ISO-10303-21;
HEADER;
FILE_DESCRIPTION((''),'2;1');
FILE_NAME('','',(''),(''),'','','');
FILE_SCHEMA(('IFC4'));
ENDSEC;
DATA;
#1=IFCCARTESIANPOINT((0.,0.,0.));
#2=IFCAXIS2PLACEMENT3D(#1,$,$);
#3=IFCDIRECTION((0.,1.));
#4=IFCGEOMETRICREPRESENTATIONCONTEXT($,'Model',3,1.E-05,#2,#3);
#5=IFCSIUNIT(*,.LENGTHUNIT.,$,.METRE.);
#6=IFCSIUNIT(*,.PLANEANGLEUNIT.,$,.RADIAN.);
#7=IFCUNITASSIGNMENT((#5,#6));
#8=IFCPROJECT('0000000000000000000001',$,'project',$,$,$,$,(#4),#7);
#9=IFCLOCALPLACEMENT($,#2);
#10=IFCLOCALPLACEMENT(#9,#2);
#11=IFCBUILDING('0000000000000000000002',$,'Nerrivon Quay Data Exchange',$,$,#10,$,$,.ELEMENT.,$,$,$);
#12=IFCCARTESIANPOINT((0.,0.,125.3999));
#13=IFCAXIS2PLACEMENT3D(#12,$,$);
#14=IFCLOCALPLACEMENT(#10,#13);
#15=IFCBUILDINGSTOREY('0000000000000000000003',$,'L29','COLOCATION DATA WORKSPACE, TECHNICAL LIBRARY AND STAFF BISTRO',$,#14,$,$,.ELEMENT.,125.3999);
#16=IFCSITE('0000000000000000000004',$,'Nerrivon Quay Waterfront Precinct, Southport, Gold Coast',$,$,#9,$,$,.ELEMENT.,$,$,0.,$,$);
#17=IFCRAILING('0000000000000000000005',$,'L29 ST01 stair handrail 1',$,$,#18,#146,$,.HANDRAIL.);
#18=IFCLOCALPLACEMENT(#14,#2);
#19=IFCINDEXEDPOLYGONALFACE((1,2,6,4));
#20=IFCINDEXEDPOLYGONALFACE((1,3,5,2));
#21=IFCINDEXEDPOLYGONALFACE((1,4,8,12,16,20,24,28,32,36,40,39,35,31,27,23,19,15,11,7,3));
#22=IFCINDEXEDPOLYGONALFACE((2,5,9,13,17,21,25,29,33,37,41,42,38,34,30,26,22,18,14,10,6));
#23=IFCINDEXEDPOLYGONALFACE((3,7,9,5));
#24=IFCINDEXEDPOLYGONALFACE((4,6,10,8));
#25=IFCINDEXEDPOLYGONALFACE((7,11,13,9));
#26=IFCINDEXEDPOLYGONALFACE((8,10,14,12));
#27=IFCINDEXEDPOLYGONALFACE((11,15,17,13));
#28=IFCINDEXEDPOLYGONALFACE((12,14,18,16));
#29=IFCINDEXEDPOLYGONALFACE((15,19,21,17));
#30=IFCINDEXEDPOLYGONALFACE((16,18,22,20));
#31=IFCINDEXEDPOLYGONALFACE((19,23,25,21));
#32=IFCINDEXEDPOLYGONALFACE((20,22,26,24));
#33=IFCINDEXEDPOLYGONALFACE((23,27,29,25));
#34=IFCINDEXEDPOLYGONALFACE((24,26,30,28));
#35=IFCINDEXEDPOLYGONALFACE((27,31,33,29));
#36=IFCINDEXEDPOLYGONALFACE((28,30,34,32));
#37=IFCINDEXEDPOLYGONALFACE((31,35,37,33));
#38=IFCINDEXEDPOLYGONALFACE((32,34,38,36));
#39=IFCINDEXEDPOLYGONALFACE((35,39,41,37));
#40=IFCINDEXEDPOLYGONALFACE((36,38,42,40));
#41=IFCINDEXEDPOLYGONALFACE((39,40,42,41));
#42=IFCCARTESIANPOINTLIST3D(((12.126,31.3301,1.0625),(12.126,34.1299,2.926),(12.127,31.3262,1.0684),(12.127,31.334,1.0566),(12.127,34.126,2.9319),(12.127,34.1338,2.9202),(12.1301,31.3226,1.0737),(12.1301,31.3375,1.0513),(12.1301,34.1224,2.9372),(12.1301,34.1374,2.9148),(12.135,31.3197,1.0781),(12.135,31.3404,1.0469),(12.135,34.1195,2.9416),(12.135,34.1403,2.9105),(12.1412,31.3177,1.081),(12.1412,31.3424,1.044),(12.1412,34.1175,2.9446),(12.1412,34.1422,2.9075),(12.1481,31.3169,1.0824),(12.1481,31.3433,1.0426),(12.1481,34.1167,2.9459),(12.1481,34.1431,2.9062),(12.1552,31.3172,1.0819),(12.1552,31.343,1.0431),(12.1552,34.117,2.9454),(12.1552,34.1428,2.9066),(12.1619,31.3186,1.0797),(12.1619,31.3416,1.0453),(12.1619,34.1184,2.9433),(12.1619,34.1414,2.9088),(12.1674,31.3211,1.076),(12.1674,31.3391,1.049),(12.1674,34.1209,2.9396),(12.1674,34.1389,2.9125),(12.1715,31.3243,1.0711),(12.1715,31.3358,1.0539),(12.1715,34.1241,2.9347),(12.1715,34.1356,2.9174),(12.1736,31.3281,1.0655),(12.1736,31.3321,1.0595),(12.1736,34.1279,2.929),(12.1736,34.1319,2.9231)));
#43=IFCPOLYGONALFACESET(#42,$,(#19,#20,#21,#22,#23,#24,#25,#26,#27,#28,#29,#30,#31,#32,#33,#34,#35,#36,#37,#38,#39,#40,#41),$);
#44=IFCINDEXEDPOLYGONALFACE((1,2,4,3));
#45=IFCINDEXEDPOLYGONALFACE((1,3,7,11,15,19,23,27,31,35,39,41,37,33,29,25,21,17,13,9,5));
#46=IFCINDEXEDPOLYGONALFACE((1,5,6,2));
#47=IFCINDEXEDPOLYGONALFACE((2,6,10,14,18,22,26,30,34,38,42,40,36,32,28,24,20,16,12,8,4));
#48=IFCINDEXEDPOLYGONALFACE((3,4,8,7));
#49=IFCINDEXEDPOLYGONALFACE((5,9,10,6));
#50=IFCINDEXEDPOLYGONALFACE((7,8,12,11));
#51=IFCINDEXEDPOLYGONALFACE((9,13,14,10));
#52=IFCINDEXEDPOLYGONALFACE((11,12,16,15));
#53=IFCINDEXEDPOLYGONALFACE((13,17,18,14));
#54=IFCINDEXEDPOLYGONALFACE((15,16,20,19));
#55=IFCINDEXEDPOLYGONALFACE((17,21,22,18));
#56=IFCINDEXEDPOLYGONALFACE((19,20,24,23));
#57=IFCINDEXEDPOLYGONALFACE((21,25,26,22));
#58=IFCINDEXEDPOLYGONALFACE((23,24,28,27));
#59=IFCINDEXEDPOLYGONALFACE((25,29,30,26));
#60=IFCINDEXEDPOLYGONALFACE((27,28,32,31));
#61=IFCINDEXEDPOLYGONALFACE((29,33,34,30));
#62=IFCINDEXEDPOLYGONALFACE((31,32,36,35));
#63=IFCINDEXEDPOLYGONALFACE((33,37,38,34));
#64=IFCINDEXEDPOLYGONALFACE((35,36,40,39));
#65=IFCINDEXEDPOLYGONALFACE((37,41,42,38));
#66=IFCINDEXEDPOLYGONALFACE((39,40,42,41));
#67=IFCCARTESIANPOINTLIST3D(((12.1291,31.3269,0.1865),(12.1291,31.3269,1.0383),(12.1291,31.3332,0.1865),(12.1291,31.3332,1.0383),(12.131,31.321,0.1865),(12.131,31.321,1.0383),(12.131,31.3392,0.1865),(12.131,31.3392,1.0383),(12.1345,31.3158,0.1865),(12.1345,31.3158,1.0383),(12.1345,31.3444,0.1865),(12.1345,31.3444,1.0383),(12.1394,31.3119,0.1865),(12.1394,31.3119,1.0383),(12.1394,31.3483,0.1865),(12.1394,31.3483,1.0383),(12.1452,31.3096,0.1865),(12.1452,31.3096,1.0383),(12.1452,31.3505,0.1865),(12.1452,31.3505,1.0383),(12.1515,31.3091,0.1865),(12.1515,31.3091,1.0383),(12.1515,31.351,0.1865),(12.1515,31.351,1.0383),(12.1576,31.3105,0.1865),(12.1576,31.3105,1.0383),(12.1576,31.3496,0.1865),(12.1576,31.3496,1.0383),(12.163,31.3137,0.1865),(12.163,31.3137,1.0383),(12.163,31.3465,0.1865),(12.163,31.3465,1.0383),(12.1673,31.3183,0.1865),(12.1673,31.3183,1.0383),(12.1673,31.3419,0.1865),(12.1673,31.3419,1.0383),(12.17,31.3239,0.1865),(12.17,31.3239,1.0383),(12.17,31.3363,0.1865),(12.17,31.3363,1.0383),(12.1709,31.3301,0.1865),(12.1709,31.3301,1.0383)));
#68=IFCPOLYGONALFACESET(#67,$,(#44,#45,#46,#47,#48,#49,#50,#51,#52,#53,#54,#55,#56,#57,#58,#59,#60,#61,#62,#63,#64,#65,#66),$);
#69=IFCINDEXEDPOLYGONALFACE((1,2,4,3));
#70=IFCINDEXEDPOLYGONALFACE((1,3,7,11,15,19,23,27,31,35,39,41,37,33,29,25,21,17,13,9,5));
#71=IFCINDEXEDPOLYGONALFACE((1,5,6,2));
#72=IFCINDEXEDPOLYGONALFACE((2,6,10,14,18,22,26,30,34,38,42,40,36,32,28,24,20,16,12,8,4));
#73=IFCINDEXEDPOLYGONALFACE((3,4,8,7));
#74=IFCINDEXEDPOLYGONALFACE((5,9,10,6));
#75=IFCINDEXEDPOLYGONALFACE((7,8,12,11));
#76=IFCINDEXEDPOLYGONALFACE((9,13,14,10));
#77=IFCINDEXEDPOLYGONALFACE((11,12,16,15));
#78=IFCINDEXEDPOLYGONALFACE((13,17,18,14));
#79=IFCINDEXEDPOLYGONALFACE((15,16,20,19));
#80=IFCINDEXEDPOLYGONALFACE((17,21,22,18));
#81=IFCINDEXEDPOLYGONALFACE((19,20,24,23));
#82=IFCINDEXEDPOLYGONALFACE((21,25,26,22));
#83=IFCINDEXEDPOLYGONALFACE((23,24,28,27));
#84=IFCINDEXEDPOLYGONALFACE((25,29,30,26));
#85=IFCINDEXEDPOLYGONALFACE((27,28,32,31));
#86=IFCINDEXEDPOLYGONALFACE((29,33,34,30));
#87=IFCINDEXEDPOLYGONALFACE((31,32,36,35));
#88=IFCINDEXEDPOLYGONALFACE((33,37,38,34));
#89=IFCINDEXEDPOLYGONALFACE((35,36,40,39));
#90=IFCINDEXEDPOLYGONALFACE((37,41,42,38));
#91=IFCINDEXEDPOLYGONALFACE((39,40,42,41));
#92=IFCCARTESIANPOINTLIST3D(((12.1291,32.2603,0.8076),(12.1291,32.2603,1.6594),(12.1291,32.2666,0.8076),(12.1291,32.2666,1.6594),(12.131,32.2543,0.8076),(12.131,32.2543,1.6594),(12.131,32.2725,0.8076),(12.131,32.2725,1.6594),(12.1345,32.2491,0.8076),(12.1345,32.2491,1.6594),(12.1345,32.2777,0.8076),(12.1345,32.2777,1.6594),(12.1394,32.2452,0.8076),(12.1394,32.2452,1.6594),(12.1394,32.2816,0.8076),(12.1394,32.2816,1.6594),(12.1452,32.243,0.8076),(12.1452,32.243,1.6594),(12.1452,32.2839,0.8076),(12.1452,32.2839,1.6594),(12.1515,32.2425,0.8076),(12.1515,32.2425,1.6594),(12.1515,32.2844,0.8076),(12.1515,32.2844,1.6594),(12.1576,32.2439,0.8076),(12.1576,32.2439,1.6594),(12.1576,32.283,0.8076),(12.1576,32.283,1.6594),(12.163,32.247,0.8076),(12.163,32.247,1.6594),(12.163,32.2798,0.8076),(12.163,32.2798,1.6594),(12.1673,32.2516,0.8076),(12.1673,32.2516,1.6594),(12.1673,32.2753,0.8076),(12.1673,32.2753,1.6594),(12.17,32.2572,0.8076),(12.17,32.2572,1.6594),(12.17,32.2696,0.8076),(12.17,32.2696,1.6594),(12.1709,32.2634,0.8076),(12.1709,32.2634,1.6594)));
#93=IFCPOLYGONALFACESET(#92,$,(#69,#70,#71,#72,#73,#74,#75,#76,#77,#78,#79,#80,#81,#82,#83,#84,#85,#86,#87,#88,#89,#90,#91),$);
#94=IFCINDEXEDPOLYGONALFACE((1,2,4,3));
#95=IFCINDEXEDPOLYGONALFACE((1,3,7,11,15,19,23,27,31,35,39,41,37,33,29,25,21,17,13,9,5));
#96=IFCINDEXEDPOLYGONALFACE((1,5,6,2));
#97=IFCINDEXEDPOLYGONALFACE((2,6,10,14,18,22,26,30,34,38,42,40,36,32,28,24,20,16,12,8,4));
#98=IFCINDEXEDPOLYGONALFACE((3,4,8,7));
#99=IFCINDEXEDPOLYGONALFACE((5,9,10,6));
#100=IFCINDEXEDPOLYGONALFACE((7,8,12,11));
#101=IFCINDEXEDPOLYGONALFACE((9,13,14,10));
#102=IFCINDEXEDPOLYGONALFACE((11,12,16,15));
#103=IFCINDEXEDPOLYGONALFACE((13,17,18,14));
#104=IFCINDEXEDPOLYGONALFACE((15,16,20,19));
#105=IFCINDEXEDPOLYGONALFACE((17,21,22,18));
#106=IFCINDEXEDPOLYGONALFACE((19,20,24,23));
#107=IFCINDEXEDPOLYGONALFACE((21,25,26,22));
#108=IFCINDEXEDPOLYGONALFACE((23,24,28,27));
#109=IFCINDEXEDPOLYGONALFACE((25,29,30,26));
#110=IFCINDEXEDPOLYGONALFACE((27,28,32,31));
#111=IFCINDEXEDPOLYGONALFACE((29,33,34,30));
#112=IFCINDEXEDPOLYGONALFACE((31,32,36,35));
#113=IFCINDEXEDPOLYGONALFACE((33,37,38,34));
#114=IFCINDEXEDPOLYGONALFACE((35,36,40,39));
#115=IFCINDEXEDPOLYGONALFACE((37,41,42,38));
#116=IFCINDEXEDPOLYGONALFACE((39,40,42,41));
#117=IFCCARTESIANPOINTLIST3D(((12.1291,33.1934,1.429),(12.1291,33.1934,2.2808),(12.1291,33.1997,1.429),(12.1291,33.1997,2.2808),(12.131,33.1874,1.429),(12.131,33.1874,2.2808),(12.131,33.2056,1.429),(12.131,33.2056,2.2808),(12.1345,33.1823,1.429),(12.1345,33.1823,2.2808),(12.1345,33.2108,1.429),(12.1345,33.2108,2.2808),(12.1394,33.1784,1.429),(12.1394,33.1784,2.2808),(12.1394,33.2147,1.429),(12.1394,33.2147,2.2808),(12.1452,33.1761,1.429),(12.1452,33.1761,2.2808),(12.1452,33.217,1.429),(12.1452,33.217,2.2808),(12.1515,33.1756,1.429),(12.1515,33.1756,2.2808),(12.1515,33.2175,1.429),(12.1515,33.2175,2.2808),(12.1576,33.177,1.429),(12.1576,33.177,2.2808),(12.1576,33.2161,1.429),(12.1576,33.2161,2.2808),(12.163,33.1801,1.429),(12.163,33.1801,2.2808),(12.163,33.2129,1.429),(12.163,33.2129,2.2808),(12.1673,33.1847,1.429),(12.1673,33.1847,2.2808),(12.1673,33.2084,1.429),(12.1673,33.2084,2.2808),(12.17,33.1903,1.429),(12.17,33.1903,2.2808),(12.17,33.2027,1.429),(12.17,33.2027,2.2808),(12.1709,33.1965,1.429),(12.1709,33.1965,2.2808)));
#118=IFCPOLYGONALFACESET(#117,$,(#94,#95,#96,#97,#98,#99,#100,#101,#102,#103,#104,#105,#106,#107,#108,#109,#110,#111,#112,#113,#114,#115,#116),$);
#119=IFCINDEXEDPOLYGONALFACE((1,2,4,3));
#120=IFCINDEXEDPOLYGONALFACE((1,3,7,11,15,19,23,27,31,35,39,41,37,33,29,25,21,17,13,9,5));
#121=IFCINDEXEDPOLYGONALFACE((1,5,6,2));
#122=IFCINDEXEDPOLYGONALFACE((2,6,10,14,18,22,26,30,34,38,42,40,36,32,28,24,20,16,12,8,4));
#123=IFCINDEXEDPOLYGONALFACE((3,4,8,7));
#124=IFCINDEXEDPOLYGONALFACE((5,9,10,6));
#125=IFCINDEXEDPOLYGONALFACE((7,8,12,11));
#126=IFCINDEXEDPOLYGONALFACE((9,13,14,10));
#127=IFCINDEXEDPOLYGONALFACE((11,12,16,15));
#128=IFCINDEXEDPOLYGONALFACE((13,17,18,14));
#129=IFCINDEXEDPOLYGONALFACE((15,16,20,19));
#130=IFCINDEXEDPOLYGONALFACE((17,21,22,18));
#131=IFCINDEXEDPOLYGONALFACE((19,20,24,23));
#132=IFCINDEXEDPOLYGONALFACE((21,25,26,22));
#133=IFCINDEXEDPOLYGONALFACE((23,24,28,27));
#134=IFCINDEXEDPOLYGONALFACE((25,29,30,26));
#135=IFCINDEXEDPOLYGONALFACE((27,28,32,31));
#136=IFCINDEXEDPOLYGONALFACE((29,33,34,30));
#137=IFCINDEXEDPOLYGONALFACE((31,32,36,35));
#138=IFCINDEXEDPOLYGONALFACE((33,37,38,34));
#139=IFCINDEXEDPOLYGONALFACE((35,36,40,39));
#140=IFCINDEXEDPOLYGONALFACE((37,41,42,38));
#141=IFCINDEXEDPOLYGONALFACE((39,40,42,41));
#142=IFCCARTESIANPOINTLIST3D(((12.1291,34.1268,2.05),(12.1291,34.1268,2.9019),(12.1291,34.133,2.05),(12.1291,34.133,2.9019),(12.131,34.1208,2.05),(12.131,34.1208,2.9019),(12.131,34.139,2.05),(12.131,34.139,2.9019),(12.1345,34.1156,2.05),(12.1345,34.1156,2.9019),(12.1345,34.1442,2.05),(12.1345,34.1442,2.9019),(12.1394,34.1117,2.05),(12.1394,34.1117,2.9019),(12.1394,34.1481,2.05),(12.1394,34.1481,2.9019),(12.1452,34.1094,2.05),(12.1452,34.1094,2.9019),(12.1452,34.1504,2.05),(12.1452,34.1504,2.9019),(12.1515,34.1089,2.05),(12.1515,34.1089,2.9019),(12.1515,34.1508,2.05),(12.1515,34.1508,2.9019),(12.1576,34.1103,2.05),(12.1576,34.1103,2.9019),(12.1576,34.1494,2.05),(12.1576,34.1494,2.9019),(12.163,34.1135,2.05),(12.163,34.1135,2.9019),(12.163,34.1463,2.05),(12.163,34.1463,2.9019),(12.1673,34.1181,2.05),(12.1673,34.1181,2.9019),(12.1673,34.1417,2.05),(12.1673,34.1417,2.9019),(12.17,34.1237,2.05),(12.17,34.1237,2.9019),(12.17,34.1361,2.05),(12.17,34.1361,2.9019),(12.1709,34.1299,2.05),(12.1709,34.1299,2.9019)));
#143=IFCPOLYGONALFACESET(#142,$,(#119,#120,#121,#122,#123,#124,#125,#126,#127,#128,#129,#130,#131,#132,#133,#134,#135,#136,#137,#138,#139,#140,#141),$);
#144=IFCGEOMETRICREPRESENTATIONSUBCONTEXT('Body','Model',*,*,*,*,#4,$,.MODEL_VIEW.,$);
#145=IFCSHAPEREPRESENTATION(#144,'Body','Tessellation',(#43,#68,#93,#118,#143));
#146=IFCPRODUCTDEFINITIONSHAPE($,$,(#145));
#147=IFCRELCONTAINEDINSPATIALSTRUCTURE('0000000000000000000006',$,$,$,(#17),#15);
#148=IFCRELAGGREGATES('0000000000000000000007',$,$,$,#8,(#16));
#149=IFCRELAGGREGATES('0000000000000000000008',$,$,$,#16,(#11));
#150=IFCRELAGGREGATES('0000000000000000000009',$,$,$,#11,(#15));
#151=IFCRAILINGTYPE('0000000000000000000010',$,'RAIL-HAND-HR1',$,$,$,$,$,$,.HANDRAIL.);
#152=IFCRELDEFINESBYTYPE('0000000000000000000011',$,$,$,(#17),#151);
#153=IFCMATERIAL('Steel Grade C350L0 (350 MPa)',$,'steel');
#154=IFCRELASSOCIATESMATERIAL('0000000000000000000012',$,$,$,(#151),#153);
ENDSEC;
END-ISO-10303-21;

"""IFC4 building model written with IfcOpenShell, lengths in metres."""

from ifc_helpers import new_model, si_unit, direction, frame, origin, origin_2d, place, context, subcontext, project, spatial, circle, extrude, material, type_object, element, save


model = new_model("IFC4")

# Units and contexts
model_context = context("Model", 3, precision=1e-05, world=origin(), true_north=direction((0.0, 1.0)))
body_context = subcontext(model_context, "Body", "Model", "MODEL_VIEW")
ifc_project = project(units=[si_unit("LENGTHUNIT", "METRE"), si_unit("PLANEANGLEUNIT", "RADIAN")], contexts=[model_context])

# Site, building, storey
site_placement = place(None, origin())
site = spatial("IfcSite", under=ifc_project, at=site_placement, Name="Nerrivon Quay Waterfront Precinct, Southport, Gold Coast", CompositionType="ELEMENT", RefElevation=0.0)
building_placement = place(site_placement, origin())
building = spatial("IfcBuilding", under=site, at=building_placement, Name="Nerrivon Quay Data Exchange", CompositionType="ELEMENT")
storey_placement = place(building_placement, frame((0.0, 0.0, 125.3999)))
storey = spatial("IfcBuildingStorey", under=building, at=storey_placement, Name="L29", Description="COLOCATION DATA WORKSPACE, TECHNICAL LIBRARY AND STAFF BISTRO", CompositionType="ELEMENT", Elevation=125.3999)

# Railing
ifc_material_1 = material(Name="Steel Grade C350L0 (350 MPa)", Category="steel")
railing_type_1 = type_object("IfcRailingType", Name="RAIL-HAND-HR1", PredefinedType="HANDRAIL", material=ifc_material_1)
railing_1_placement = place(storey_placement, frame((12.1499, 31.3301, 0.1865)))
element("IfcRailing", 1, at=railing_1_placement, inside=storey, type_object=railing_type_1, Name="L29 ST01 stair handrail 1", PredefinedType="HANDRAIL", context=body_context, shape_type="SweptSolid", body=[
    extrude(circle(Radius=0.0239, at=origin_2d()), frame((0.0, 0.0, 0.876), z_axis=(0.0, 0.832463, 0.55408), x_axis=(-1.0, 0.0, 0.0)), (0.0, 0.0, 1.0), 3.3633),
    extrude(circle(Radius=0.021, at=origin_2d()), origin(), (0.0, 0.0, 1.0), 0.8518),
    extrude(circle(Radius=0.021, at=origin_2d()), frame((0.0, 0.9333, 0.6211)), (0.0, 0.0, 1.0), 0.8518),
    extrude(circle(Radius=0.021, at=origin_2d()), frame((0.0, 1.8665, 1.2424)), (0.0, 0.0, 1.0), 0.8518),
    extrude(circle(Radius=0.021, at=origin_2d()), frame((0.0, 2.7998, 1.8635)), (0.0, 0.0, 1.0), 0.8518),
])

save(model, "model.ifc")
